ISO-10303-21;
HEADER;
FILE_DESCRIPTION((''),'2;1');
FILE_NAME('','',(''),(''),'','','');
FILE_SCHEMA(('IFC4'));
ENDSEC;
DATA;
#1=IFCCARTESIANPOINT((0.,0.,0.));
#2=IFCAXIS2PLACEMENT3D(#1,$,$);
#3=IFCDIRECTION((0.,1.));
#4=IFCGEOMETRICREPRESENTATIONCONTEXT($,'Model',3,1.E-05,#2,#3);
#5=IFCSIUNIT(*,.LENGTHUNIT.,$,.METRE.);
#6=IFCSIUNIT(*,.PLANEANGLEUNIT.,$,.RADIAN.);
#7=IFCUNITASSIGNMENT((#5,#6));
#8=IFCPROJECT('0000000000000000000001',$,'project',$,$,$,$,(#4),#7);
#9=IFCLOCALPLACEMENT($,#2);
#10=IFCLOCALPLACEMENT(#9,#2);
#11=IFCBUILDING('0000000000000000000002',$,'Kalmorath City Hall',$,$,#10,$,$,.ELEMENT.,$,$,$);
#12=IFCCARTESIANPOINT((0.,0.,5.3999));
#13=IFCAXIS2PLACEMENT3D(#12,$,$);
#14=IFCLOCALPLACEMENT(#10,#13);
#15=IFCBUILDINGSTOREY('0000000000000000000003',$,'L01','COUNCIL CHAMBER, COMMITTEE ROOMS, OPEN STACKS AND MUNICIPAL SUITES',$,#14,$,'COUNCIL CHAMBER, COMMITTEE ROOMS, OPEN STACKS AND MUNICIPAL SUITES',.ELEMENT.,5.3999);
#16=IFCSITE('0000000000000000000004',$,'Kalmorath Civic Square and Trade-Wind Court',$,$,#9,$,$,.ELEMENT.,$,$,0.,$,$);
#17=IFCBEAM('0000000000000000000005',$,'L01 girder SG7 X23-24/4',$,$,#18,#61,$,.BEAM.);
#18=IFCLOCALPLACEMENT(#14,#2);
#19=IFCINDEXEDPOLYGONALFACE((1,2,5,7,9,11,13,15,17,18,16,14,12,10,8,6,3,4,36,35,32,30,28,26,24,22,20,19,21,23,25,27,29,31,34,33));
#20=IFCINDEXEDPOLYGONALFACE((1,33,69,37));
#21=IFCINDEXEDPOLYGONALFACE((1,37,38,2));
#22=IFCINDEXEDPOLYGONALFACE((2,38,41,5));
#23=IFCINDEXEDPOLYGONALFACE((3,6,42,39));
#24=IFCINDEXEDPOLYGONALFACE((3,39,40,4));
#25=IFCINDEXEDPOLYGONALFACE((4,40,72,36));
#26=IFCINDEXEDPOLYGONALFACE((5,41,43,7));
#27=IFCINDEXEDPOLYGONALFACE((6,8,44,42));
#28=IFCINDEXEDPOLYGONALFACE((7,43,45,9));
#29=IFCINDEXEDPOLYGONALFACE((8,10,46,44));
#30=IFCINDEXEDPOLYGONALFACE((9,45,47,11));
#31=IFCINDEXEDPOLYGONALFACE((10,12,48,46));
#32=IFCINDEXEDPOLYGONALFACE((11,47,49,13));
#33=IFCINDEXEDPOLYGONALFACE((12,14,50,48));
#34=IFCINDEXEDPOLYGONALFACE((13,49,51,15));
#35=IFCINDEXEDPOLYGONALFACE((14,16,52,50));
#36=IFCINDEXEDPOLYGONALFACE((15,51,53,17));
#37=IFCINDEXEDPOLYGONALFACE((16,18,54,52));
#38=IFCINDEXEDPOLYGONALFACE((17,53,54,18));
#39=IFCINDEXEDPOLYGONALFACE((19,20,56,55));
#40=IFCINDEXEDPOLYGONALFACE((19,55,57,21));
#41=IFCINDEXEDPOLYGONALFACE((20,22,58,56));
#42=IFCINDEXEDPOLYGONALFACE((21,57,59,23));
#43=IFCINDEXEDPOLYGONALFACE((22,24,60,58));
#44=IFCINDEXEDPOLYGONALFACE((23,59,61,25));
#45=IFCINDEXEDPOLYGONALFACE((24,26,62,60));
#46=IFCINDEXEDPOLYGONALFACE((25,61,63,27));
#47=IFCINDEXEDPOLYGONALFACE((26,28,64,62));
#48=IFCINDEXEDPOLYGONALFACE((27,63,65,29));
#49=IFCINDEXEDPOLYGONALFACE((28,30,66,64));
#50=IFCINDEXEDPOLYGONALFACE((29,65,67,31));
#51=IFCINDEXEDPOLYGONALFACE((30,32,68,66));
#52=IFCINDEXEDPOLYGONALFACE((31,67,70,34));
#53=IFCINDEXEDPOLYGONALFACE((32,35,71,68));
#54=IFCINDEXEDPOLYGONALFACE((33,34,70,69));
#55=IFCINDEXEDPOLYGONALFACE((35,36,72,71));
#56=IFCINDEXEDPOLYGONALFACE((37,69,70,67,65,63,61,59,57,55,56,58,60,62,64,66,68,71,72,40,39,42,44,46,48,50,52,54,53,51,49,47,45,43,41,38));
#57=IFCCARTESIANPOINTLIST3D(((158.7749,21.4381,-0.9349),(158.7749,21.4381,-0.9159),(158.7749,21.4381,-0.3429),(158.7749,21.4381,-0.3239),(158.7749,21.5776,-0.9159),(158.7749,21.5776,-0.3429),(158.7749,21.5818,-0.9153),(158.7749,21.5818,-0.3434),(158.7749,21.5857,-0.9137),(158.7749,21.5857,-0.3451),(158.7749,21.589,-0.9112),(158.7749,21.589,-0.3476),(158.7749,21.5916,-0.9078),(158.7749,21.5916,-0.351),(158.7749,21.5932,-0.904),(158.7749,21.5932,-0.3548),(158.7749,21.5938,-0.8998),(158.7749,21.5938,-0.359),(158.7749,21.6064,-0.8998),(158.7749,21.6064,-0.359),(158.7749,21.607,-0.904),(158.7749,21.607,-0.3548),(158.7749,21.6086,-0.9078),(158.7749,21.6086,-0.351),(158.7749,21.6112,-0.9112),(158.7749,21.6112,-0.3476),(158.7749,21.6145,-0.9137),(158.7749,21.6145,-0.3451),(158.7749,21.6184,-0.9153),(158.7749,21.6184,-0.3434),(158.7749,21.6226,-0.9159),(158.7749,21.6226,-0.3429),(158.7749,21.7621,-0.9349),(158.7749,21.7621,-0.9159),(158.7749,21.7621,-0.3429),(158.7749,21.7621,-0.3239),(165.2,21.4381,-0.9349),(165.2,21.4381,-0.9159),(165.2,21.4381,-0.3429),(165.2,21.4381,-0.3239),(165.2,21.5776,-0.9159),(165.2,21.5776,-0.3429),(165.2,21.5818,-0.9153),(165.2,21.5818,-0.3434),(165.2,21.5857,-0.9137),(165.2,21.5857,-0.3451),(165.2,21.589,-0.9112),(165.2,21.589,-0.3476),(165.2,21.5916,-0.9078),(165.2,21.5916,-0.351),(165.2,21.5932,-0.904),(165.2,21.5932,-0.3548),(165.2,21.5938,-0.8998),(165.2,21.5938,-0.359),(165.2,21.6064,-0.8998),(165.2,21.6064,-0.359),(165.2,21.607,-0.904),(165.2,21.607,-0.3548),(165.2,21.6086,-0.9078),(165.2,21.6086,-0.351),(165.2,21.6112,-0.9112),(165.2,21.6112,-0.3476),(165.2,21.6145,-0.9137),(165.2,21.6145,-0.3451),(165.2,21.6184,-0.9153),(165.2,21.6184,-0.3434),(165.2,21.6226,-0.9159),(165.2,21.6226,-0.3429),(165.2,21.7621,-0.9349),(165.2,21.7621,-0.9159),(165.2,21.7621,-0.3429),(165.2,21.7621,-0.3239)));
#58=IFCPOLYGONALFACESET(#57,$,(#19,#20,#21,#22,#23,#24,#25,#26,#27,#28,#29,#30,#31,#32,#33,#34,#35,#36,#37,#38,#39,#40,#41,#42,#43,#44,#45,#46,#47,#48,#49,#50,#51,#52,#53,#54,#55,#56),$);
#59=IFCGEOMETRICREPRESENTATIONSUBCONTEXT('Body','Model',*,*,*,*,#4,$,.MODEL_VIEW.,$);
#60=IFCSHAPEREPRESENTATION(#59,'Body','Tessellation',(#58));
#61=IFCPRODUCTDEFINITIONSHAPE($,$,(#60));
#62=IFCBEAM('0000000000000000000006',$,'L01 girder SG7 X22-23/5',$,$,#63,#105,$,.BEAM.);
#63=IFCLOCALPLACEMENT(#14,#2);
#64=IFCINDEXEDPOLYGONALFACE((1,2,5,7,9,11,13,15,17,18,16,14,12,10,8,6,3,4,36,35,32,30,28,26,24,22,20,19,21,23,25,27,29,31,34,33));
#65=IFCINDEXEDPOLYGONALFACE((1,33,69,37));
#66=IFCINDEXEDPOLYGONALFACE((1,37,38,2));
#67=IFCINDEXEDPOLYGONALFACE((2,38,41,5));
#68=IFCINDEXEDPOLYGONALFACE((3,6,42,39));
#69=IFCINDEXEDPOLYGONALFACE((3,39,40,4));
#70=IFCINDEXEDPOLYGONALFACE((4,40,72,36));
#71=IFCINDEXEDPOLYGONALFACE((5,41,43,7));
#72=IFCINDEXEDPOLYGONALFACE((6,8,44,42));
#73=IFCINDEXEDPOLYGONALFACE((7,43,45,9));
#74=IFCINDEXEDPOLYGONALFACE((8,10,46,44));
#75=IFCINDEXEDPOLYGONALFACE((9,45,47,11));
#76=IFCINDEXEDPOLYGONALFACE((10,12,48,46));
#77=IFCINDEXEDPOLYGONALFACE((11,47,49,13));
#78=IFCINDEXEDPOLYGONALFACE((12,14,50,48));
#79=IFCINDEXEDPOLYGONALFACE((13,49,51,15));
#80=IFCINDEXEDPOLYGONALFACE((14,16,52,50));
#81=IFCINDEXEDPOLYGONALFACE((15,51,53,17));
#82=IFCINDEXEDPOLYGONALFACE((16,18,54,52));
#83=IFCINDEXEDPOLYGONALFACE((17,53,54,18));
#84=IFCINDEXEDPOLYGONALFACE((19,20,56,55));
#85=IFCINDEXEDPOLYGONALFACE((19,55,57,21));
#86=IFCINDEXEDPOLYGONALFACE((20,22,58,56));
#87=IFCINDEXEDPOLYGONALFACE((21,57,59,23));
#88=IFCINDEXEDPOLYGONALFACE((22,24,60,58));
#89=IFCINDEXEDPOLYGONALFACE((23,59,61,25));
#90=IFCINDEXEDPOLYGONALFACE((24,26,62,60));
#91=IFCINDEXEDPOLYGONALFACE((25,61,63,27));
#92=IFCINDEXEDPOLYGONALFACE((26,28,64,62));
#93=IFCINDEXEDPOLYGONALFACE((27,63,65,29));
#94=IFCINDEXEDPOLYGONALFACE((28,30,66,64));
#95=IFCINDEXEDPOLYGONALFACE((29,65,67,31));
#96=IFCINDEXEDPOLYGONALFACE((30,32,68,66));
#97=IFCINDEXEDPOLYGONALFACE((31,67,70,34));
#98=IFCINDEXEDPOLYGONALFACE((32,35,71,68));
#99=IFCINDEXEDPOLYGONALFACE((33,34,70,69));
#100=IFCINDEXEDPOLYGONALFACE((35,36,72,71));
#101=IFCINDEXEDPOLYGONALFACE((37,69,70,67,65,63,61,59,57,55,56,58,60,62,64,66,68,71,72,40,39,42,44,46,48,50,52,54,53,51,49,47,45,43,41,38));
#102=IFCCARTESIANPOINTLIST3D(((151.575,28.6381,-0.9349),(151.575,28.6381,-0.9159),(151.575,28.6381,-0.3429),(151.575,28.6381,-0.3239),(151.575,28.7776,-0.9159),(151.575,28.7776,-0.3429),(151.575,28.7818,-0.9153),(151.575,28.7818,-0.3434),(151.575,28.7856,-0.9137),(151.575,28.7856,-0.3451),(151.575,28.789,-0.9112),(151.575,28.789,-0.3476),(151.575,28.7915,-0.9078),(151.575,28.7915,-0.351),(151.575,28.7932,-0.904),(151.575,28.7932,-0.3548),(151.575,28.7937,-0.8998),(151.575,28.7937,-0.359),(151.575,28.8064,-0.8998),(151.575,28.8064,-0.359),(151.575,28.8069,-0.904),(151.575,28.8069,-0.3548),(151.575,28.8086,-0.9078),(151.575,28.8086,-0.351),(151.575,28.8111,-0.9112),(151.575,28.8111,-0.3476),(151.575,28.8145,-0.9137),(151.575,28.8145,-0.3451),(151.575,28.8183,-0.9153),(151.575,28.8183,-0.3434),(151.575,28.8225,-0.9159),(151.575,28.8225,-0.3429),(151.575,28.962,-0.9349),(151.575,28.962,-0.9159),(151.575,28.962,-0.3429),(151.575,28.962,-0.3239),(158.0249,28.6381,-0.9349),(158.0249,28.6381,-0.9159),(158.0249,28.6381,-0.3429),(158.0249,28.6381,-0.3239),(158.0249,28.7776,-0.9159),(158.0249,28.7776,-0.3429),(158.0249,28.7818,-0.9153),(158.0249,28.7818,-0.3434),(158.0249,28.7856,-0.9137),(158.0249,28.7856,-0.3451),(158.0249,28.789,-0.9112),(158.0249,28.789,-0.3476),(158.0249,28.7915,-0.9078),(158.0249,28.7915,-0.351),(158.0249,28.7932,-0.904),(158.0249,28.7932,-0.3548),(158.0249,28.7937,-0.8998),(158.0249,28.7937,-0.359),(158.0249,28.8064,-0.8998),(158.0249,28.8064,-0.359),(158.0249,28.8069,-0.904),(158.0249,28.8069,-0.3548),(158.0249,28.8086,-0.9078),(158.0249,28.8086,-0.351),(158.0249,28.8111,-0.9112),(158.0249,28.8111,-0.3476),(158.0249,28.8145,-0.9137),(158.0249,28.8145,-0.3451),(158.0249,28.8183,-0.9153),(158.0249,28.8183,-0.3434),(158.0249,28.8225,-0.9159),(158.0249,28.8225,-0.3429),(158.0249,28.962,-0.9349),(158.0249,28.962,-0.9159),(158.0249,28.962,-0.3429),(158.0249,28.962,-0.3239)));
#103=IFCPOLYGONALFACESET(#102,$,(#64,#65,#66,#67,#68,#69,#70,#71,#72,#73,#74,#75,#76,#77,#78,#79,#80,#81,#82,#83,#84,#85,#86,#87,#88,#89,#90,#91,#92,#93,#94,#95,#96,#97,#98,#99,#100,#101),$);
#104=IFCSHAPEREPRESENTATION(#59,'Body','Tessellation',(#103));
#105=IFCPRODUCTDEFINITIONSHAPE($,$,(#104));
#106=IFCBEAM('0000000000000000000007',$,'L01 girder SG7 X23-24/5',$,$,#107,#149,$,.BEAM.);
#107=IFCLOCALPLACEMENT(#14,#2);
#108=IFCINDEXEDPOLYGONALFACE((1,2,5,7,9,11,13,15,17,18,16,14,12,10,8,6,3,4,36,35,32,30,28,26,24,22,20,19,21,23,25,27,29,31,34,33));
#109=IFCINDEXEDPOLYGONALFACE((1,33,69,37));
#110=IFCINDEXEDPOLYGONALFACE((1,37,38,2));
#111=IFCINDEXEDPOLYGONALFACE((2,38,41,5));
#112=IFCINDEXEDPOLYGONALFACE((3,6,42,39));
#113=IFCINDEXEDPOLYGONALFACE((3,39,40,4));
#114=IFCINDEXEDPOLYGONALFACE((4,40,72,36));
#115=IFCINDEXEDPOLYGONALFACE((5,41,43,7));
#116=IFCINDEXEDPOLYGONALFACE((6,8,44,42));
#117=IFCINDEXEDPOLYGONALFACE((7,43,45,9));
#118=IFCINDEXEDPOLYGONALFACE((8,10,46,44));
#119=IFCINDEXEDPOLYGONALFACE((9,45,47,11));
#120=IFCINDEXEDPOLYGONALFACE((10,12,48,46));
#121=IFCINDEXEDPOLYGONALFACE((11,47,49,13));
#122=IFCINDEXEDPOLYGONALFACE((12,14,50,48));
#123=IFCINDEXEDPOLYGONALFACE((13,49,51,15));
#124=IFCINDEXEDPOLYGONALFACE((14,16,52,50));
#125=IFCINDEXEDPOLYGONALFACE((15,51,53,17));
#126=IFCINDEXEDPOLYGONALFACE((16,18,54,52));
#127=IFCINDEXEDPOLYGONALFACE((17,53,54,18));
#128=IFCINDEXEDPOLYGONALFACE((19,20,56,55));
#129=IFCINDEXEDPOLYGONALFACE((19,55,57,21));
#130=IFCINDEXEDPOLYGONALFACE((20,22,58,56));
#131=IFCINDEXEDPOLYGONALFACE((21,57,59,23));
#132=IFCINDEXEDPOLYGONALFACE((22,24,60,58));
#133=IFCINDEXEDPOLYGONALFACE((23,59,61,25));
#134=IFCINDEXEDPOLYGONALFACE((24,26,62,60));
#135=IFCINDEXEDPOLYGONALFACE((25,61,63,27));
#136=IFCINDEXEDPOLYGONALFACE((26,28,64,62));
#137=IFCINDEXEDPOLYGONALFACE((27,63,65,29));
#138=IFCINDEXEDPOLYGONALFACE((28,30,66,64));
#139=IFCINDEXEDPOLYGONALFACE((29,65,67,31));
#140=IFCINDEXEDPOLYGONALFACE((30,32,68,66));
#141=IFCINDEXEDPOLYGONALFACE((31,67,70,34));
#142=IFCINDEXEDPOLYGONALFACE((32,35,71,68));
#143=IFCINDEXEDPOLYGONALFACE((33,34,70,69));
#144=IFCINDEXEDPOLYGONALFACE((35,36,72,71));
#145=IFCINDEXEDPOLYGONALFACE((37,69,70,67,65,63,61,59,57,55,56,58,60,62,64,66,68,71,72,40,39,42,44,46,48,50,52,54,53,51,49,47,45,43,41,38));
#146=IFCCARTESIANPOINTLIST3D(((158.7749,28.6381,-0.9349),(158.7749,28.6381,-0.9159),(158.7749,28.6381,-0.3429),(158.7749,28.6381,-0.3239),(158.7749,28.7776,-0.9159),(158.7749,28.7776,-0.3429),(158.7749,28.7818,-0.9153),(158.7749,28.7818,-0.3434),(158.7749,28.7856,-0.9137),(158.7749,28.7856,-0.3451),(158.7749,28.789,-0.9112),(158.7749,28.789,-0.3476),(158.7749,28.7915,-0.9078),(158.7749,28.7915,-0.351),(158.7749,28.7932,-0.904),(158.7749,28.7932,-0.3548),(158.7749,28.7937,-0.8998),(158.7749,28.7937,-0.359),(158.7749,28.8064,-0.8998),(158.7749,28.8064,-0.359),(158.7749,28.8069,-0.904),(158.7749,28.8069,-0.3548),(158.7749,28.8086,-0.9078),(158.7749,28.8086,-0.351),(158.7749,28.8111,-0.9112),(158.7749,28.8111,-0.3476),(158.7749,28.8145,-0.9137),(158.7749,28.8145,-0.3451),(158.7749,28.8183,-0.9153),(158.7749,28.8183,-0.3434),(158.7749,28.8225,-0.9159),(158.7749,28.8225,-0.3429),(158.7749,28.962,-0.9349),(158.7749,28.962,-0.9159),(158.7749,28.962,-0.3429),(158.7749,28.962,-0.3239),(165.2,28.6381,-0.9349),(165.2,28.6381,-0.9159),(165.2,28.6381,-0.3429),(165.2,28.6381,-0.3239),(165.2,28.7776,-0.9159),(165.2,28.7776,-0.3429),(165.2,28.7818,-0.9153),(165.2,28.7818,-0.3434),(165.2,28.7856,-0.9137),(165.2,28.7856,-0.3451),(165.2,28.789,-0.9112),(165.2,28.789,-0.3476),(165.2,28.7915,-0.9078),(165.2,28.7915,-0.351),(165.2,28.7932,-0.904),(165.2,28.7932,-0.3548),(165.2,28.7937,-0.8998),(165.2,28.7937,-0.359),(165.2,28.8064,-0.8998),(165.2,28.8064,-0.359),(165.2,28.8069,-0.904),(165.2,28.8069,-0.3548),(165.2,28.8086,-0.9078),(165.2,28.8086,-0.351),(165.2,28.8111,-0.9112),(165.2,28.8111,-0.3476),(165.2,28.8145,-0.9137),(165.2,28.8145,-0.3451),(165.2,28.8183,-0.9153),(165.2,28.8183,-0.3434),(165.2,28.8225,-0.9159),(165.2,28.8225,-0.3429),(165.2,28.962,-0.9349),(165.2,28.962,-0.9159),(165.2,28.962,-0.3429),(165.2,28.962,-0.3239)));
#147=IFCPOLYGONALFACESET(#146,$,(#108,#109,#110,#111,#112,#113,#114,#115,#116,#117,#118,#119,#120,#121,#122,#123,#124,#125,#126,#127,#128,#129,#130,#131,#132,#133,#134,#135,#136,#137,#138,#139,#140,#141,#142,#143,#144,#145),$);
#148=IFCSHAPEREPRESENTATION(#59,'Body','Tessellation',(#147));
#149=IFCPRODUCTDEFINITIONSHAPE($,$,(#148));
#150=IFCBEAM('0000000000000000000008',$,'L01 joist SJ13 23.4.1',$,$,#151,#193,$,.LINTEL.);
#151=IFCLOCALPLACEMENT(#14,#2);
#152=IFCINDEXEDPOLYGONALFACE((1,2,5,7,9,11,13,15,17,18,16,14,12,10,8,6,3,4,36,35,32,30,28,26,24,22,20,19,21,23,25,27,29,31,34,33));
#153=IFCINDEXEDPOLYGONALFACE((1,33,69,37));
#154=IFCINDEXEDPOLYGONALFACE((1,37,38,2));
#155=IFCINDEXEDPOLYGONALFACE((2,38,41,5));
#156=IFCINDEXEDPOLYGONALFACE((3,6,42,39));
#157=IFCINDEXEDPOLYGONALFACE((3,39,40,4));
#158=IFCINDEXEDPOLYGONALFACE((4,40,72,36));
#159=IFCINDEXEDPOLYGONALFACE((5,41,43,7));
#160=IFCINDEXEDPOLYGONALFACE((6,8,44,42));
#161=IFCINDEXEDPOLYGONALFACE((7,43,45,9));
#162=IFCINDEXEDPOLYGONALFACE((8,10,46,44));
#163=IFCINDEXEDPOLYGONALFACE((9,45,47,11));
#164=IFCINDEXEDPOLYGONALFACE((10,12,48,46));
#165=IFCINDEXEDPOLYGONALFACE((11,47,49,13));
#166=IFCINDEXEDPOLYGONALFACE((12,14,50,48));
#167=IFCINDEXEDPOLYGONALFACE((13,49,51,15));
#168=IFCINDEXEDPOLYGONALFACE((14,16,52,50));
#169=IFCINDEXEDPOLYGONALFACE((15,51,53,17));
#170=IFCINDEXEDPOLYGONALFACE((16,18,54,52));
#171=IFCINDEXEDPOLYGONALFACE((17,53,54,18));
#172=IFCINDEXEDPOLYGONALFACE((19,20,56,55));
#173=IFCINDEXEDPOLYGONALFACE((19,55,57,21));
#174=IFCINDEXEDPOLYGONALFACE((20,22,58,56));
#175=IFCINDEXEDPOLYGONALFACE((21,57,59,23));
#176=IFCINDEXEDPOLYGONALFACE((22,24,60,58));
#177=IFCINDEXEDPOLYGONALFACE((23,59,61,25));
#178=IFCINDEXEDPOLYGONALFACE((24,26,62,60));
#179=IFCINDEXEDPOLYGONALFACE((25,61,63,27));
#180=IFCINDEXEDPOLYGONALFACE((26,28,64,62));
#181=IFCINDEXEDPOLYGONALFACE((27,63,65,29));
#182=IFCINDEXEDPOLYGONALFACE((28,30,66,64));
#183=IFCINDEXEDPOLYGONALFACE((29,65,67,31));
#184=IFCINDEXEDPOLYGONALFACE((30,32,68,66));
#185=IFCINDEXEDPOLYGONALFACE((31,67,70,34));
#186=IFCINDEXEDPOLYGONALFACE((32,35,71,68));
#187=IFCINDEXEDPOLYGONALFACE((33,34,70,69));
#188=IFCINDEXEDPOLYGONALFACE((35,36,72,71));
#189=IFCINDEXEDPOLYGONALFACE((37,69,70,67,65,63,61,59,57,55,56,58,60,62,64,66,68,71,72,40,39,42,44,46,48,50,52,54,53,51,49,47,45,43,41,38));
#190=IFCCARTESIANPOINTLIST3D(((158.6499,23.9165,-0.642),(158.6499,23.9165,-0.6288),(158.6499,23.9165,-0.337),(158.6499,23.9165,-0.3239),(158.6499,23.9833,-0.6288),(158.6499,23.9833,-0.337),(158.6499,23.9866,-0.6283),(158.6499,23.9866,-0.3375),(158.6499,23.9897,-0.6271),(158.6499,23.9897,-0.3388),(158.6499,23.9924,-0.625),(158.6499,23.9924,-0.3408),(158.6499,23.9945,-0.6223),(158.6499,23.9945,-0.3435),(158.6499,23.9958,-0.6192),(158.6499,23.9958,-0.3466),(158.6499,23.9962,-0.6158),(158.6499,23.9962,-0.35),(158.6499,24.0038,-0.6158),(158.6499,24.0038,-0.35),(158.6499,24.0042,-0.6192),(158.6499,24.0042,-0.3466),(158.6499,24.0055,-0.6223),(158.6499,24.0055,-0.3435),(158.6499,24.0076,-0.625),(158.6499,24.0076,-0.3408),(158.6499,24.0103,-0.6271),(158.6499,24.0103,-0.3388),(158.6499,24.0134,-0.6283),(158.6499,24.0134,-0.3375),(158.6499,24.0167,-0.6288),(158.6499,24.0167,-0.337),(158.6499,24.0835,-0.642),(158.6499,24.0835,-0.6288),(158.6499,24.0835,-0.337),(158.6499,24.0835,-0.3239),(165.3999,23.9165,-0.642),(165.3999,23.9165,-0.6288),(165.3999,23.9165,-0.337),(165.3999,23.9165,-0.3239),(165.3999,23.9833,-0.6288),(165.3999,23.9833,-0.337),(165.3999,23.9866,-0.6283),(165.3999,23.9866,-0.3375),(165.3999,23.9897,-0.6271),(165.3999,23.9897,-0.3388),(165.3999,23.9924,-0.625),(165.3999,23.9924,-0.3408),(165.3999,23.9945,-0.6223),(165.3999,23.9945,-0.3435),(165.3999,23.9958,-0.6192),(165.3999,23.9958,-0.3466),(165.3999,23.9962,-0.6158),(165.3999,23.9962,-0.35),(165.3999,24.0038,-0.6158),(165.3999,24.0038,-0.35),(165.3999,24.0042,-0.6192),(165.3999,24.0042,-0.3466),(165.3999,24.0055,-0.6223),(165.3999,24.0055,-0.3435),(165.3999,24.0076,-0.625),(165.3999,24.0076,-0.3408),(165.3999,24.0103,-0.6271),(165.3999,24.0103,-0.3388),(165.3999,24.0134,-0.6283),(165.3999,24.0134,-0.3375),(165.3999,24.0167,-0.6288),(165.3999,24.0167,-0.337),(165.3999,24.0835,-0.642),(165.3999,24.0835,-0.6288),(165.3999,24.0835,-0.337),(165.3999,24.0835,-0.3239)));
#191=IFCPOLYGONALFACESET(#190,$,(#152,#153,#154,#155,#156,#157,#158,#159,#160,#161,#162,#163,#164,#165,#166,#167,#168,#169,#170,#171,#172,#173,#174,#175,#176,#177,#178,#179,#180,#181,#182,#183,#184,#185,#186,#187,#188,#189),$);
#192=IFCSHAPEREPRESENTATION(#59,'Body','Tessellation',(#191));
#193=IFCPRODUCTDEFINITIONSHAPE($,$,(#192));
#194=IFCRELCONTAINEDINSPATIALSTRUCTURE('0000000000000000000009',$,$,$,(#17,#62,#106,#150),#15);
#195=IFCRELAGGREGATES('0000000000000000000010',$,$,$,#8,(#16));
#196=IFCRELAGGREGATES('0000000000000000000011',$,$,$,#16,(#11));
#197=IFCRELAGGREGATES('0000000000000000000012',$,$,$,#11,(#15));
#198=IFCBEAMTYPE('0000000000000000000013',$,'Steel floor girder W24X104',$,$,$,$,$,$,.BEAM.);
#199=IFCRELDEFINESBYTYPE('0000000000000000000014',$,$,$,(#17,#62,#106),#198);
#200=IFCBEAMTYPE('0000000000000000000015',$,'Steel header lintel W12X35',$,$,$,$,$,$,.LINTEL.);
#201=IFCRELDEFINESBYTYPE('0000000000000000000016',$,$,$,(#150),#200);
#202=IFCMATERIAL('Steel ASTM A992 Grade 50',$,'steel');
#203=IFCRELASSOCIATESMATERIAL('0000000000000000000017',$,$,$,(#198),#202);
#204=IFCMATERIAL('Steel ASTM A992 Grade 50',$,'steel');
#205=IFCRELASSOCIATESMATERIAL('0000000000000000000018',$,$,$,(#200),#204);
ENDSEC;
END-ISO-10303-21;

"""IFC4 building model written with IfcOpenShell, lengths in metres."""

from ifc_helpers import new_model, si_unit, direction, frame, origin, origin_2d, place, context, subcontext, project, spatial, i_section, extrude, material, material_profile, profile_set, type_object, element, save


model = new_model("IFC4")

# Units and contexts
model_context = context("Model", 3, precision=1e-05, world=origin(), true_north=direction((0.0, 1.0)))
body_context = subcontext(model_context, "Body", "Model", "MODEL_VIEW")
ifc_project = project(units=[si_unit("LENGTHUNIT", "METRE"), si_unit("PLANEANGLEUNIT", "RADIAN")], contexts=[model_context])

# Site, building, storey
site_placement = place(None, origin())
site = spatial("IfcSite", under=ifc_project, at=site_placement, Name="Kalmorath Civic Square and Trade-Wind Court", CompositionType="ELEMENT", RefElevation=0.0)
building_placement = place(site_placement, origin())
building = spatial("IfcBuilding", under=site, at=building_placement, Name="Kalmorath City Hall", CompositionType="ELEMENT")
storey_placement = place(building_placement, frame((0.0, 0.0, 5.3999)))
storey = spatial("IfcBuildingStorey", under=building, at=storey_placement, Name="L01", Description="COUNCIL CHAMBER, COMMITTEE ROOMS, OPEN STACKS AND MUNICIPAL SUITES", LongName="COUNCIL CHAMBER, COMMITTEE ROOMS, OPEN STACKS AND MUNICIPAL SUITES", CompositionType="ELEMENT", Elevation=5.3999)

# Beams
ifc_material_1 = material(Name="Steel ASTM A992 Grade 50", Category="steel")
ifc_material_profile_1 = material_profile(ifc_material_1, i_section(OverallWidth=0.324, OverallDepth=0.6111, WebThickness=0.0127, FlangeThickness=0.019, FilletRadius=0.0161, at=origin_2d()), Name="W24X104")
ifc_profile_set_1 = profile_set([ifc_material_profile_1], Name="Steel ASTM A992 Grade 50")
beam_type_1 = type_object("IfcBeamType", Name="Steel floor girder W24X104", PredefinedType="BEAM", material=ifc_profile_set_1)
beam_1_placement = place(storey_placement, frame((158.7749, 21.6001, -0.6294), z_axis=(1.0, 0.0, 0.0), x_axis=(0.0, 1.0, 0.0)))
element("IfcBeam", 1, at=beam_1_placement, inside=storey, type_object=beam_type_1, Name="L01 girder SG7 X23-24/4", PredefinedType="BEAM", context=body_context, shape_type="SweptSolid", body=[
    extrude(i_section(OverallWidth=0.324, OverallDepth=0.6111, WebThickness=0.0127, FlangeThickness=0.019, FilletRadius=0.0161, at=origin_2d()), origin(), (0.0, 0.0, 1.0), 6.425),
])
beam_2_placement = place(storey_placement, frame((151.575, 28.8, -0.6294), z_axis=(1.0, 0.0, 0.0), x_axis=(0.0, 1.0, 0.0)))
element("IfcBeam", 2, at=beam_2_placement, inside=storey, type_object=beam_type_1, Name="L01 girder SG7 X22-23/5", PredefinedType="BEAM", context=body_context, shape_type="SweptSolid", body=[
    extrude(i_section(OverallWidth=0.324, OverallDepth=0.6111, WebThickness=0.0127, FlangeThickness=0.019, FilletRadius=0.0161, at=origin_2d()), origin(), (0.0, 0.0, 1.0), 6.45),
])
beam_3_placement = place(storey_placement, frame((158.7749, 28.8, -0.6294), z_axis=(1.0, 0.0, 0.0), x_axis=(0.0, 1.0, 0.0)))
element("IfcBeam", 3, at=beam_3_placement, inside=storey, type_object=beam_type_1, Name="L01 girder SG7 X23-24/5", PredefinedType="BEAM", context=body_context, shape_type="SweptSolid", body=[
    extrude(i_section(OverallWidth=0.324, OverallDepth=0.6111, WebThickness=0.0127, FlangeThickness=0.019, FilletRadius=0.0161, at=origin_2d()), origin(), (0.0, 0.0, 1.0), 6.425),
])
ifc_material_2 = material(Name="Steel ASTM A992 Grade 50", Category="steel")
ifc_material_profile_2 = material_profile(ifc_material_2, i_section(OverallWidth=0.167, OverallDepth=0.3181, WebThickness=0.0076, FlangeThickness=0.0132, FilletRadius=0.0129, at=origin_2d()), Name="W12X35")
ifc_profile_set_2 = profile_set([ifc_material_profile_2], Name="Steel ASTM A992 Grade 50")
beam_type_2 = type_object("IfcBeamType", Name="Steel header lintel W12X35", PredefinedType="LINTEL", material=ifc_profile_set_2)
for number, where, z_axis, x_axis, name in (
    (4, (158.6499, 24.0, -0.4829), (1.0, 0.0, 0.0), (0.0, 1.0, 0.0), "L01 joist SJ13 23.4.1"),
):
    element("IfcBeam", number, at=place(storey_placement, frame(where, z_axis=z_axis, x_axis=x_axis)), inside=storey, type_object=beam_type_2, Name=name, PredefinedType="LINTEL", context=body_context, shape_type="SweptSolid", body=[
        extrude(i_section(OverallWidth=0.167, OverallDepth=0.3181, WebThickness=0.0076, FlangeThickness=0.0132, FilletRadius=0.0129, at=origin_2d()), origin(), (0.0, 0.0, 1.0), 6.75),
    ])

save(model, "model.ifc")
